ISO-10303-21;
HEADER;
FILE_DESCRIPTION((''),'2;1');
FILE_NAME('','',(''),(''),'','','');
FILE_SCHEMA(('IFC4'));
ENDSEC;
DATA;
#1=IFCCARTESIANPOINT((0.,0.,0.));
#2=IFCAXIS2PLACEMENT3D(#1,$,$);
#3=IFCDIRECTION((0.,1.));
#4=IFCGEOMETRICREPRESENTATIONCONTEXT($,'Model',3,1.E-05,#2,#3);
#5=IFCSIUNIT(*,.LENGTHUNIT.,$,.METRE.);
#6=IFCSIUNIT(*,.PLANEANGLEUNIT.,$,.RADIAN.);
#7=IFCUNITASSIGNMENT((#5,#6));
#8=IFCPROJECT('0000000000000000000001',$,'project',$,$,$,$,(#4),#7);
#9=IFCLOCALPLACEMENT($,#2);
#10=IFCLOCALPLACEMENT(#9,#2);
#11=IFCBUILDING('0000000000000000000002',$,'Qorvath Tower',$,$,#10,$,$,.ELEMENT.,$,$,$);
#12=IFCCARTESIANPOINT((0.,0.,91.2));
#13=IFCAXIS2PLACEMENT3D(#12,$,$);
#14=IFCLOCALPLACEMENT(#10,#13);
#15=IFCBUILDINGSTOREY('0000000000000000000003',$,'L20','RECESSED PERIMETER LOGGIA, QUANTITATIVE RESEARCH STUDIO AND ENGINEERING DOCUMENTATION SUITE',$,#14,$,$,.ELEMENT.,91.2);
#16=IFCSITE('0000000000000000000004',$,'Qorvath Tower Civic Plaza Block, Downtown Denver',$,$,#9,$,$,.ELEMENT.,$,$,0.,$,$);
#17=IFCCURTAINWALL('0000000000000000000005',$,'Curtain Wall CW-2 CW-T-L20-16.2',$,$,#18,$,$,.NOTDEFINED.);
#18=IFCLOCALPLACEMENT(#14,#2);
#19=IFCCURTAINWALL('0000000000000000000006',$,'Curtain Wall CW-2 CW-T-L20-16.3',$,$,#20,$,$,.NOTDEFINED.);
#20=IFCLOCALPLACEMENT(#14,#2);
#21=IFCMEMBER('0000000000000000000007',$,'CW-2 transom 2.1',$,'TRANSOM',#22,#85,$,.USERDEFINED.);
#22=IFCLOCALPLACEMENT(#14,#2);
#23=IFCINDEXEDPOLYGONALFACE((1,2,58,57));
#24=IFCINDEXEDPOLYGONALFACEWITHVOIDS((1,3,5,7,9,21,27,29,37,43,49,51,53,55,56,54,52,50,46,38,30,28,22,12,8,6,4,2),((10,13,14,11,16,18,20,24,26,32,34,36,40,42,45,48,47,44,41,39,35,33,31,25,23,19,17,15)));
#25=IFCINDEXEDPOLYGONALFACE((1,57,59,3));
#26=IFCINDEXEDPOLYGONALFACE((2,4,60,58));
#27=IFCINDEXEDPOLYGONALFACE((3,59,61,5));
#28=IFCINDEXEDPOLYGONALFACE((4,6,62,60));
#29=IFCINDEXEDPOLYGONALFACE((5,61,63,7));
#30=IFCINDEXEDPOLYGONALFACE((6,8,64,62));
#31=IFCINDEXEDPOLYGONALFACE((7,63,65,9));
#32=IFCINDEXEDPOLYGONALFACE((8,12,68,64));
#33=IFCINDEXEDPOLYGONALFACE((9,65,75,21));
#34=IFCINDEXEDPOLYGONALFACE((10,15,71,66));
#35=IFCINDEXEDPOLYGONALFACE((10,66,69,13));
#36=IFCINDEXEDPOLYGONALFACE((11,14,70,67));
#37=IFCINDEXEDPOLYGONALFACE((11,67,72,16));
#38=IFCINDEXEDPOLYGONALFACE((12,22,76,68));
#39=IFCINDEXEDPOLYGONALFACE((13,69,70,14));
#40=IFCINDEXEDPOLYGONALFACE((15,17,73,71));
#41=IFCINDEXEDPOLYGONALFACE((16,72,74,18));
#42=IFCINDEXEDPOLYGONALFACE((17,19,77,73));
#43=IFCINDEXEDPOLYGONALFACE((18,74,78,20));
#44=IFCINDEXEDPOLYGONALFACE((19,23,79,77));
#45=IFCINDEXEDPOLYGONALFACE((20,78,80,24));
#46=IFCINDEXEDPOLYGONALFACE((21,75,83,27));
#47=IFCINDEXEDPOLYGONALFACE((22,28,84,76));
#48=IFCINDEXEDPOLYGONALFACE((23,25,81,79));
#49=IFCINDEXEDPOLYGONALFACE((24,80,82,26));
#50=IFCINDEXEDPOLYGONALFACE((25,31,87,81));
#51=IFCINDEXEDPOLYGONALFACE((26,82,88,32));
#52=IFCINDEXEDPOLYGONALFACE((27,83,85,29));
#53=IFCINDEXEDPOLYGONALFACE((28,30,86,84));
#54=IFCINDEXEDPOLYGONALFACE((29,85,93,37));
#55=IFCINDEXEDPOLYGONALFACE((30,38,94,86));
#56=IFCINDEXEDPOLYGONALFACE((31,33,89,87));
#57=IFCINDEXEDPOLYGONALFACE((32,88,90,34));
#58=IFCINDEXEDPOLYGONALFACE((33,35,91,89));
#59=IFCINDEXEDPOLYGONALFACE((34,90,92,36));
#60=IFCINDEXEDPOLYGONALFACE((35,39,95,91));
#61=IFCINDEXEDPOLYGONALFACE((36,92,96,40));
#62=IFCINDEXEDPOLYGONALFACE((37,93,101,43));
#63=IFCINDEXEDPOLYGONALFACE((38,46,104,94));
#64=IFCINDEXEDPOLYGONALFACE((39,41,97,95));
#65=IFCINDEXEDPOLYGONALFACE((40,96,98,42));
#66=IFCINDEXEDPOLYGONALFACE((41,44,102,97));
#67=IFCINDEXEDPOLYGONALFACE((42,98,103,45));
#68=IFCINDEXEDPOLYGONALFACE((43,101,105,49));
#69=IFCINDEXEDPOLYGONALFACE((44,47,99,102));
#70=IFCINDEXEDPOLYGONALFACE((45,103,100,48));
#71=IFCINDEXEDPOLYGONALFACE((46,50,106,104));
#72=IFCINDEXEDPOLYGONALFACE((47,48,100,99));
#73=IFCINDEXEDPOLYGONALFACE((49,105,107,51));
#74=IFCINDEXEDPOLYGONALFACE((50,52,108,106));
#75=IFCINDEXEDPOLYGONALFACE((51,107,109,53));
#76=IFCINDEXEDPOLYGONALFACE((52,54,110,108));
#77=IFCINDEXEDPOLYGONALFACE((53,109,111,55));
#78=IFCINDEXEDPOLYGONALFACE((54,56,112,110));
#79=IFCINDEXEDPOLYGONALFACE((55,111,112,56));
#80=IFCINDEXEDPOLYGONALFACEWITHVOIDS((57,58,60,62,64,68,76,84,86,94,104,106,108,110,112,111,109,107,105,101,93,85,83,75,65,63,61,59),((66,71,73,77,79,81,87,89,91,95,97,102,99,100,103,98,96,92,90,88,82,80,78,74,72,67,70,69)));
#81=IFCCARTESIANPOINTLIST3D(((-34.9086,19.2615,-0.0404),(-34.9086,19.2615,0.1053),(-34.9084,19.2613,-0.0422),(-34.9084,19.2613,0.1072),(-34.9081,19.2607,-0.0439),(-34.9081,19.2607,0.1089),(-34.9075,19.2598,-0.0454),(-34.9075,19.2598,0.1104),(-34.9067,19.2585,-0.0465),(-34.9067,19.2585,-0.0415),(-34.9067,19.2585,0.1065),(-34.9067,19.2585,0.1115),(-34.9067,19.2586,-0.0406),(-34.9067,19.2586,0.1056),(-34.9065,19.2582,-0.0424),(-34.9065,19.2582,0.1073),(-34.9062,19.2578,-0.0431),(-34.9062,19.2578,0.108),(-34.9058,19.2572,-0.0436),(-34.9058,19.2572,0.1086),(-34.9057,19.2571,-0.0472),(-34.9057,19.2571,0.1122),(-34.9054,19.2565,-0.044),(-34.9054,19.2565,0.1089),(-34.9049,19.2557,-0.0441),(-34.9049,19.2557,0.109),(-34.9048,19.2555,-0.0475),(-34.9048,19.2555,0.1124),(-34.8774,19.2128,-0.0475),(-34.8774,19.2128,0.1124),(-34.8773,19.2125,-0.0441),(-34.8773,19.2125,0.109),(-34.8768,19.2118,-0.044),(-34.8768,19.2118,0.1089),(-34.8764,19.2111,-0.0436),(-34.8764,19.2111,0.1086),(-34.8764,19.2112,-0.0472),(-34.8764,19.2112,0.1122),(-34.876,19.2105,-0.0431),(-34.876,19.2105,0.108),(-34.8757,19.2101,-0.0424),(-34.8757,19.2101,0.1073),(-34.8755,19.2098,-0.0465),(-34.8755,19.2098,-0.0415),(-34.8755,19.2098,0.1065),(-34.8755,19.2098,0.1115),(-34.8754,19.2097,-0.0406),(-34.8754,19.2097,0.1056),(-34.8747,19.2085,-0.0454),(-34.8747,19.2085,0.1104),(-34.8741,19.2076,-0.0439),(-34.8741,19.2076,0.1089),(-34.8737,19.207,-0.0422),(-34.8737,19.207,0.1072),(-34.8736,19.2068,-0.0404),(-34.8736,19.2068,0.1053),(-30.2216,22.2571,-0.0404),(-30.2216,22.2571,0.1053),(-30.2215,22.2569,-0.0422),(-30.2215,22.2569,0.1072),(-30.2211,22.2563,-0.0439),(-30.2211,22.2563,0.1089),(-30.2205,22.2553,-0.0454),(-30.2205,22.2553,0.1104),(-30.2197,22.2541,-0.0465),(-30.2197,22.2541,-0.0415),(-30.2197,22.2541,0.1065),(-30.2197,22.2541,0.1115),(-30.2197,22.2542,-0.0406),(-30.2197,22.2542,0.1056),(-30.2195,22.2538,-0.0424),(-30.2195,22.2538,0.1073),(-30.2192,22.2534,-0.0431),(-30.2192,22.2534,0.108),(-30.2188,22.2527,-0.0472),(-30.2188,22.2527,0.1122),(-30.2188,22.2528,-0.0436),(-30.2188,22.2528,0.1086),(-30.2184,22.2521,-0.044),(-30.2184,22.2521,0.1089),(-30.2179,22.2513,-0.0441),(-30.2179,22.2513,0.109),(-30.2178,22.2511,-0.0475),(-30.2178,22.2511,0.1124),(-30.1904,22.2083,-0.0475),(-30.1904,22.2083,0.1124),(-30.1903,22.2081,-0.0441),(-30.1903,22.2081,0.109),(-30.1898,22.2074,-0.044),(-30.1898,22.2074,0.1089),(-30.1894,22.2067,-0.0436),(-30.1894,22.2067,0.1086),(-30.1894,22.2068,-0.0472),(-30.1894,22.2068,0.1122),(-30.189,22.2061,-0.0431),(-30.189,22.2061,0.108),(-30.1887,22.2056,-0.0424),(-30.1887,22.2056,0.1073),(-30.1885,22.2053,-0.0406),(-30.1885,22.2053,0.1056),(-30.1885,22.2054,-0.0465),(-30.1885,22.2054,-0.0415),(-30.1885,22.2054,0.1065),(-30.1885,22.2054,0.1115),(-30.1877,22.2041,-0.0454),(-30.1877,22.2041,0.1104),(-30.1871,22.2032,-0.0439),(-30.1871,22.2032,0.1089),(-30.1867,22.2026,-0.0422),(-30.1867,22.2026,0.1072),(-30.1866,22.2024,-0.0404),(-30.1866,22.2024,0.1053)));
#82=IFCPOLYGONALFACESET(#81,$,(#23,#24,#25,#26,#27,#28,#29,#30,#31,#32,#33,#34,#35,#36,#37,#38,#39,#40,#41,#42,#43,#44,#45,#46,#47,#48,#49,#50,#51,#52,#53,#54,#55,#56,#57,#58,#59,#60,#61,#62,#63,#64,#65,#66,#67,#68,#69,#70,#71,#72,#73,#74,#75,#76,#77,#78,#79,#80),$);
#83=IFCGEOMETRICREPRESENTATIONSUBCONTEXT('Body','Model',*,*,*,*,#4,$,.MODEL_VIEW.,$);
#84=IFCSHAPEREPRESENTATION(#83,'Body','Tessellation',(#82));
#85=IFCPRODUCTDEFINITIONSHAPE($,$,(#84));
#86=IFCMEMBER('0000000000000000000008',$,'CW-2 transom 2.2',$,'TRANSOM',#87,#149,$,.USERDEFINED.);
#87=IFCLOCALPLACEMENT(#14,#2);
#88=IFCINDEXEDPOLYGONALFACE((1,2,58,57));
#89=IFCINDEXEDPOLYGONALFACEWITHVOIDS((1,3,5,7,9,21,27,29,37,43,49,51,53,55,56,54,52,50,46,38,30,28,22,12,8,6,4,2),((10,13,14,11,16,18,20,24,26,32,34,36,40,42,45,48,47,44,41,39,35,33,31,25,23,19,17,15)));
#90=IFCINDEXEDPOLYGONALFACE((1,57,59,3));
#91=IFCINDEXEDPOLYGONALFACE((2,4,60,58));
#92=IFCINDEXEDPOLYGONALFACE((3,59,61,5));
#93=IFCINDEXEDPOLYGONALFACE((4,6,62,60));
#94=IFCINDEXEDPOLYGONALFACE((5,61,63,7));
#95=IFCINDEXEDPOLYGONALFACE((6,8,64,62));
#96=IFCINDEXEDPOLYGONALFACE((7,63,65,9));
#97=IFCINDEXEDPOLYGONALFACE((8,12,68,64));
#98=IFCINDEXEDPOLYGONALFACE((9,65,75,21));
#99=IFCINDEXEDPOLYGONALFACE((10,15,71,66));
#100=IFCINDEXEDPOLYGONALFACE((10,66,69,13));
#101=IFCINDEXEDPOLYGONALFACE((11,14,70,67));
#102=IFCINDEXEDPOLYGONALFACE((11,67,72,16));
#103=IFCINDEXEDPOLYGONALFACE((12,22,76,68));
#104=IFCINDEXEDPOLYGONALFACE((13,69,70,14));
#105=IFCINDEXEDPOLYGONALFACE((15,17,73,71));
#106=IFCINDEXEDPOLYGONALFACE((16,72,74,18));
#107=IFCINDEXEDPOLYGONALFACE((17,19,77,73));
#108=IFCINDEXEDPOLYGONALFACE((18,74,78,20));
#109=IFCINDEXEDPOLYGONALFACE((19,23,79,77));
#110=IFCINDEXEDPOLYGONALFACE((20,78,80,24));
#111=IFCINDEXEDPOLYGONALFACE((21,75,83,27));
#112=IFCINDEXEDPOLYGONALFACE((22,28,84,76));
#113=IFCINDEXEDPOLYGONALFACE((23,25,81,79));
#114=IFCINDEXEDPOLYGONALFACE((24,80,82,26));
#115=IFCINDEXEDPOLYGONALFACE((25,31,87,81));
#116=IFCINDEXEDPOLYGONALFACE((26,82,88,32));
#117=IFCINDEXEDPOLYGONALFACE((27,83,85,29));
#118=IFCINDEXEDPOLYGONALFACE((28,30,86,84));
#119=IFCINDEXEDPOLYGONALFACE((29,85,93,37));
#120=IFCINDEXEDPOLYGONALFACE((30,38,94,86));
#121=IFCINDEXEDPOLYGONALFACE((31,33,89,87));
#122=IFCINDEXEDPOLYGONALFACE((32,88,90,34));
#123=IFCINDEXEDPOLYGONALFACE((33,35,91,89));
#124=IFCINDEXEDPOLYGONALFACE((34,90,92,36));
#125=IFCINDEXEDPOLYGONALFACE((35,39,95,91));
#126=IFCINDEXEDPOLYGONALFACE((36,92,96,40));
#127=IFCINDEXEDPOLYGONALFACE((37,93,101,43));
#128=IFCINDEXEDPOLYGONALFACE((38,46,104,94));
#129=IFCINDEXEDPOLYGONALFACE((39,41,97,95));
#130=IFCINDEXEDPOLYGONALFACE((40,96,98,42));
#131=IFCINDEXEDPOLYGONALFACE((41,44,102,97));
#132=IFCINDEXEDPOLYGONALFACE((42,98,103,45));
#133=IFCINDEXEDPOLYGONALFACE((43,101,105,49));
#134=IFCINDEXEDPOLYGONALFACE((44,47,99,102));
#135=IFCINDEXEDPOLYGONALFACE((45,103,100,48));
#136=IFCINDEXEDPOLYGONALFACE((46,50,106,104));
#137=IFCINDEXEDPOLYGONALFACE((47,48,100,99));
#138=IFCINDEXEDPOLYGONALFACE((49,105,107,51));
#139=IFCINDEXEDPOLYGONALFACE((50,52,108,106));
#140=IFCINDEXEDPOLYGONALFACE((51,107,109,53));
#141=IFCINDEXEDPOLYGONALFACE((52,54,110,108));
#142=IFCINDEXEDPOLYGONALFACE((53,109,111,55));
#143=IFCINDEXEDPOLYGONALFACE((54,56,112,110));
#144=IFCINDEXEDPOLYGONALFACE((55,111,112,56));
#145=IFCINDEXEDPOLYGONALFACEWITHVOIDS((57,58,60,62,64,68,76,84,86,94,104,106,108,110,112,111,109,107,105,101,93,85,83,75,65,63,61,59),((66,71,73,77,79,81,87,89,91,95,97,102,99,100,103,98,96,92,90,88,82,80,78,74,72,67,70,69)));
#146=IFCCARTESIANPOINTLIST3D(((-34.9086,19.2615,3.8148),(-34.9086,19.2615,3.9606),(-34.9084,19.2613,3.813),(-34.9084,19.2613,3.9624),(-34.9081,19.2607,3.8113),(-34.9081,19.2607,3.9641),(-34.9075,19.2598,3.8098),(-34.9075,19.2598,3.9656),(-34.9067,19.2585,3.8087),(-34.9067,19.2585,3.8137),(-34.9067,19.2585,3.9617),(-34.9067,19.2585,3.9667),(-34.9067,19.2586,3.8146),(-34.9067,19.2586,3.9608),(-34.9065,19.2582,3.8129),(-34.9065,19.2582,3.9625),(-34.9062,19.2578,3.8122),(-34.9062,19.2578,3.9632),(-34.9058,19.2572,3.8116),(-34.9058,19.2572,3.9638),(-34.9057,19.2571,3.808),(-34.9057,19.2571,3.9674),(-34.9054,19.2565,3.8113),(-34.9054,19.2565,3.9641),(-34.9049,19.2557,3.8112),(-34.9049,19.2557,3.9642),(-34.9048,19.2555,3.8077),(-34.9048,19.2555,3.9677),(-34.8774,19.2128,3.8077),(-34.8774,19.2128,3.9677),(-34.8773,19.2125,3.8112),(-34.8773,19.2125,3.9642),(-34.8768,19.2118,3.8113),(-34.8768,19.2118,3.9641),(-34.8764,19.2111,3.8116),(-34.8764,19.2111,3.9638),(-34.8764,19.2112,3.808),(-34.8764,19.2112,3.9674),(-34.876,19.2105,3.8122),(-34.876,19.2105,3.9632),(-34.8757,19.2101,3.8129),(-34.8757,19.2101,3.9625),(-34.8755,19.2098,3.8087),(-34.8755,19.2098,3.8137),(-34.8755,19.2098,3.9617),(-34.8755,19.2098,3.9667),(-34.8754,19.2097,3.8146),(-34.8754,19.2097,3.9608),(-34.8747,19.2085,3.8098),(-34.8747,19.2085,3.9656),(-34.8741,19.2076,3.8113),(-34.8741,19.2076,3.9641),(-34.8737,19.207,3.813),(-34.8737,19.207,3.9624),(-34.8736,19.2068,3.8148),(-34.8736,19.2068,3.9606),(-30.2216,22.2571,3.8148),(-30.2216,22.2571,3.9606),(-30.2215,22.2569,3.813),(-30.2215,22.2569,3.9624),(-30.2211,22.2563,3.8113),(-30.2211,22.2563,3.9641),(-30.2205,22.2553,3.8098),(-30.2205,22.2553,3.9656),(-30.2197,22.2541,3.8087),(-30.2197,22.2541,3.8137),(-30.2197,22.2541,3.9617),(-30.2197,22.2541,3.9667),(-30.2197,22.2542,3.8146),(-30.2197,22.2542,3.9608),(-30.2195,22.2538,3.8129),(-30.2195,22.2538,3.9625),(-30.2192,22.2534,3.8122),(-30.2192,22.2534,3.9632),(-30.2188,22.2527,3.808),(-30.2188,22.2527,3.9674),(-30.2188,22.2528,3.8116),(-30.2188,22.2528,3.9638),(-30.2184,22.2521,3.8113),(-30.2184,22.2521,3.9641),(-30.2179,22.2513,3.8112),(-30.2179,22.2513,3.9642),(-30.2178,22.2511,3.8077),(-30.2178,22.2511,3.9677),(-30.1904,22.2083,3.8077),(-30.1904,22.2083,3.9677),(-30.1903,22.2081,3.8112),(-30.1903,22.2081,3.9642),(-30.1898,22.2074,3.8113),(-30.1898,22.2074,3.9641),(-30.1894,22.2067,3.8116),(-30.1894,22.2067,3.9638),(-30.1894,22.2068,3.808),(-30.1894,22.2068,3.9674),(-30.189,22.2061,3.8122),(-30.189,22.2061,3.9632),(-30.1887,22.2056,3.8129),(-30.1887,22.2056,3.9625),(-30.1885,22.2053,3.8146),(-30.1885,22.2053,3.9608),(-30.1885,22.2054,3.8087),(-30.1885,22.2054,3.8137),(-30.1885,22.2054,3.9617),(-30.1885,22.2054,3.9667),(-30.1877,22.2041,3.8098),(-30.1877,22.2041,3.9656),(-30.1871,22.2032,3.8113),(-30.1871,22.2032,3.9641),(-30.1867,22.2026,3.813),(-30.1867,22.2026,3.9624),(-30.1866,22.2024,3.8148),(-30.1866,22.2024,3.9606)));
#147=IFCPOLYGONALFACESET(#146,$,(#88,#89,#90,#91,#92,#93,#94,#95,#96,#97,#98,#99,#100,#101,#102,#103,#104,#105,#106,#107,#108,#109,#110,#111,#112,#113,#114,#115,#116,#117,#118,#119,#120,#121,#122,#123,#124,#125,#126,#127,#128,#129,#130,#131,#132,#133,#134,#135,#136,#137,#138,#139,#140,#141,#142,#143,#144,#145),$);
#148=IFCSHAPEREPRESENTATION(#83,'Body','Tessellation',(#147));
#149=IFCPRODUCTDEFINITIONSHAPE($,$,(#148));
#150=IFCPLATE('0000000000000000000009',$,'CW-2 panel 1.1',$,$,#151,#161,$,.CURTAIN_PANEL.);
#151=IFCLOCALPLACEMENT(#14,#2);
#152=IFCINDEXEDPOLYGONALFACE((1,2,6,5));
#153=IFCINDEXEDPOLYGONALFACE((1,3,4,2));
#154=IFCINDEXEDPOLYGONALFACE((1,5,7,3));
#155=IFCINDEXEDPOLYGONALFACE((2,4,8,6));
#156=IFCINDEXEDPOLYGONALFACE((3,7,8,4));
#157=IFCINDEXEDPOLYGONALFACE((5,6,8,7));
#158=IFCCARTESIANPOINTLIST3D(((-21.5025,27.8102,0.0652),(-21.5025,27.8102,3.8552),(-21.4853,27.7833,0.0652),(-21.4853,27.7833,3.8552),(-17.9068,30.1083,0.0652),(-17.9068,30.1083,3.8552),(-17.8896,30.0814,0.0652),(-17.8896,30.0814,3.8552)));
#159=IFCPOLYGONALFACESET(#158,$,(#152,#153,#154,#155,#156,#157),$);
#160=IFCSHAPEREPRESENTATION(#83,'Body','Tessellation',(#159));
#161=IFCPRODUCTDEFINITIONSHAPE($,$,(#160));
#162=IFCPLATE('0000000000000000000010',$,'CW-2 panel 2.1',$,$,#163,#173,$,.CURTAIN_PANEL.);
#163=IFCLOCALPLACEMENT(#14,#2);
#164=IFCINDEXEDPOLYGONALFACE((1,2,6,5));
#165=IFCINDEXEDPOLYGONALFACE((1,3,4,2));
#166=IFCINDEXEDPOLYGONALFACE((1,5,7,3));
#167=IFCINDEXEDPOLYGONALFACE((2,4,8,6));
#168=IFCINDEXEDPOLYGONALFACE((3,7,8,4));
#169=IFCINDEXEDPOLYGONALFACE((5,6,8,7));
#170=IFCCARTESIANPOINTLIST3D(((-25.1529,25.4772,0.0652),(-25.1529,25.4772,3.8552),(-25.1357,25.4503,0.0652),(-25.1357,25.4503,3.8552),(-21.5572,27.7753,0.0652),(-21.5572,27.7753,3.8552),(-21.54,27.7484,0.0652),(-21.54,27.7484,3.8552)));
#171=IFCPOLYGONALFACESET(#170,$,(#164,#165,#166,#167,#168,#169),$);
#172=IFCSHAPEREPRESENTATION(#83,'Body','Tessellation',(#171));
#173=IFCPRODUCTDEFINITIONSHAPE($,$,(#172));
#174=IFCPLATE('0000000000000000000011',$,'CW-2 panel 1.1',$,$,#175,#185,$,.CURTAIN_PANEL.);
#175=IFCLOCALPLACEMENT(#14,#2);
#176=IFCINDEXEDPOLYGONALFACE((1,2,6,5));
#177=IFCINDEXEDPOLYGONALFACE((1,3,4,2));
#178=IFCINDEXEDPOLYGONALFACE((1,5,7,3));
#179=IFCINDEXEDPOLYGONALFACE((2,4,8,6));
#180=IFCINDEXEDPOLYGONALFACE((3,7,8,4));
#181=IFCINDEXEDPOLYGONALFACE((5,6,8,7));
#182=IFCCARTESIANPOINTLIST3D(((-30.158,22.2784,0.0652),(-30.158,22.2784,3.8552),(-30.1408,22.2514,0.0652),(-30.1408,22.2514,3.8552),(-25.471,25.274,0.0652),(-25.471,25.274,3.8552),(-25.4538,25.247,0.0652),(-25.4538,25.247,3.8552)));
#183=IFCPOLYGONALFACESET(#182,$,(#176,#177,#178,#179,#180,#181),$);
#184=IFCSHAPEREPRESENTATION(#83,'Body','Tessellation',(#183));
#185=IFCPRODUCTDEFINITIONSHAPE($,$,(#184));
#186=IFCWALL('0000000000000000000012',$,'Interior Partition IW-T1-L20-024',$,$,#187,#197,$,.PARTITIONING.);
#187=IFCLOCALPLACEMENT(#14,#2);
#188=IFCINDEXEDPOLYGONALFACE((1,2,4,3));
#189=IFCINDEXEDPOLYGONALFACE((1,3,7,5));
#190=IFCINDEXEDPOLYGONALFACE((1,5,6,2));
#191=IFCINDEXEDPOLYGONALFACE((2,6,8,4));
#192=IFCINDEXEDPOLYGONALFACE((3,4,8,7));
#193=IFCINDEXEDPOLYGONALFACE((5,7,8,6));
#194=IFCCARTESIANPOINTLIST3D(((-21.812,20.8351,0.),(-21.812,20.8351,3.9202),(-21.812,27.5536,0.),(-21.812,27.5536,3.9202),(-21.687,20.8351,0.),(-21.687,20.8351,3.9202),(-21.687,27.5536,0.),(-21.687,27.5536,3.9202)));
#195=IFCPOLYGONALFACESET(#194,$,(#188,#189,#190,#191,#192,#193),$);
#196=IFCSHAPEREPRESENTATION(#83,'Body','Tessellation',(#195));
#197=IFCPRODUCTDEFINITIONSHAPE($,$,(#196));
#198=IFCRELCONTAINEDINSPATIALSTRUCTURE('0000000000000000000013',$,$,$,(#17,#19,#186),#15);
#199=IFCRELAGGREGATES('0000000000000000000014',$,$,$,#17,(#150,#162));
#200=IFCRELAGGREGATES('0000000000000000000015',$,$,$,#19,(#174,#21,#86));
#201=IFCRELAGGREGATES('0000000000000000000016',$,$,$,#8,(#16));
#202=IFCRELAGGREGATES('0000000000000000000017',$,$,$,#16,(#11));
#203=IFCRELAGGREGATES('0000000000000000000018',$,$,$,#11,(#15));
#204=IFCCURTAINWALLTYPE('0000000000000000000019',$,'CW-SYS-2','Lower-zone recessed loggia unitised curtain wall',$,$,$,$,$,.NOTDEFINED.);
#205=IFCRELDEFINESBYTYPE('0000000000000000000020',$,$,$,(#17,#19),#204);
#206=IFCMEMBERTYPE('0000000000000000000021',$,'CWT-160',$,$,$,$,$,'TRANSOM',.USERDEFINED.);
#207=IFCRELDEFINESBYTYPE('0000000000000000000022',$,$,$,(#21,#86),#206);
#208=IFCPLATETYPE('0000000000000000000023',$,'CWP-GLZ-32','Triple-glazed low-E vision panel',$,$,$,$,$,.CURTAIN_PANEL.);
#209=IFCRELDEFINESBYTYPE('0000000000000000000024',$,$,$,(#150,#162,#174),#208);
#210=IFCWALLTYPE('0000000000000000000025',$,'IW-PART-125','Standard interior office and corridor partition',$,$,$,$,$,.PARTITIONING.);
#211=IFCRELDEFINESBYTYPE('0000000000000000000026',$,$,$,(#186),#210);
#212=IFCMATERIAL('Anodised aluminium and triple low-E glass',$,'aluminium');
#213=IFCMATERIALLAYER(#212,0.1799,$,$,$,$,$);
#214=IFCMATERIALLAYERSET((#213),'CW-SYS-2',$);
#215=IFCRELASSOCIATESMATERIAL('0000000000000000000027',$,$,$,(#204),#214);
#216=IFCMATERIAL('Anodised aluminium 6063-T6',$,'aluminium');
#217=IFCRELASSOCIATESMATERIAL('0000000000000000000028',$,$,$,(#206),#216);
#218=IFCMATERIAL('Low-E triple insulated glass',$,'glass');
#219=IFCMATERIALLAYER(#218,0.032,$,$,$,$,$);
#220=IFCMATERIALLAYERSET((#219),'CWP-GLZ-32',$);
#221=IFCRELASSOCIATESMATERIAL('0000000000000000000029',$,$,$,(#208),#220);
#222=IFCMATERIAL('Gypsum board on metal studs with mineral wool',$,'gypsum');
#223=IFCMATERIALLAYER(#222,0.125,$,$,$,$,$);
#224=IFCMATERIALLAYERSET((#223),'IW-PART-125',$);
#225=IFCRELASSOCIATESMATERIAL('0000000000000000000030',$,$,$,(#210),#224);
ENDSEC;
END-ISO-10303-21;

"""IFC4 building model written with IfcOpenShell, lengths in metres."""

from ifc_helpers import new_model, si_unit, direction, frame, frame_2d, origin, origin_2d, place, context, subcontext, project, spatial, rectangle, hollow_rectangle, extrude, material, layer, layer_set, material_profile, profile_set, type_object, element, aggregate, save


model = new_model("IFC4")

# Units and contexts
model_context = context("Model", 3, precision=1e-05, world=origin(), true_north=direction((0.0, 1.0)))
body_context = subcontext(model_context, "Body", "Model", "MODEL_VIEW")
ifc_project = project(units=[si_unit("LENGTHUNIT", "METRE"), si_unit("PLANEANGLEUNIT", "RADIAN")], contexts=[model_context])

# Site, building, storey
site_placement = place(None, origin())
site = spatial("IfcSite", under=ifc_project, at=site_placement, Name="Qorvath Tower Civic Plaza Block, Downtown Denver", CompositionType="ELEMENT", RefElevation=0.0)
building_placement = place(site_placement, origin())
building = spatial("IfcBuilding", under=site, at=building_placement, Name="Qorvath Tower", CompositionType="ELEMENT")
storey_placement = place(building_placement, frame((0.0, 0.0, 91.2)))
storey = spatial("IfcBuildingStorey", under=building, at=storey_placement, Name="L20", Description="RECESSED PERIMETER LOGGIA, QUANTITATIVE RESEARCH STUDIO AND ENGINEERING DOCUMENTATION SUITE", CompositionType="ELEMENT", Elevation=91.2)

# Curtain walls
ifc_material_1 = material(Name="Anodised aluminium and triple low-E glass", Category="aluminium")
ifc_layer_1 = layer(ifc_material_1, 0.1799)
ifc_layer_set_1 = layer_set([ifc_layer_1], Name="CW-SYS-2")
curtain_wall_type = type_object("IfcCurtainWallType", Name="CW-SYS-2", Description="Lower-zone recessed loggia unitised curtain wall", PredefinedType="NOTDEFINED", material=ifc_layer_set_1)
curtain_wall_1_placement = place(storey_placement, origin())
curtain_wall_1 = element("IfcCurtainWall", 1, at=curtain_wall_1_placement, inside=storey, type_object=curtain_wall_type, Name="Curtain Wall CW-2 CW-T-L20-16.2", PredefinedType="NOTDEFINED")
curtain_wall_2_placement = place(storey_placement, origin())
curtain_wall_2 = element("IfcCurtainWall", 2, at=curtain_wall_2_placement, inside=storey, type_object=curtain_wall_type, Name="Curtain Wall CW-2 CW-T-L20-16.3", PredefinedType="NOTDEFINED")

# Members
ifc_material_2 = material(Name="Anodised aluminium 6063-T6", Category="aluminium")
ifc_material_profile_1 = material_profile(ifc_material_2, hollow_rectangle(XDim=0.0649, YDim=0.1599, WallThickness=0.0034, InnerFilletRadius=0.0034, OuterFilletRadius=0.0071, at=origin_2d()), Name="CWT 160x65")
ifc_profile_set_1 = profile_set([ifc_material_profile_1], Name="Anodised aluminium 6063-T6")
member_type_1 = type_object("IfcMemberType", Name="CWT-160", ElementType="TRANSOM", PredefinedType="USERDEFINED", material=ifc_profile_set_1)
member_1_placement = place(storey_placement, frame((-30.2041, 22.2297, 0.0325), z_axis=(-0.842604, -0.538533, 0.0), x_axis=(0.538533, -0.842604, 0.0)))
member_1 = element("IfcMember", 3, at=member_1_placement, type_object=member_type_1, Name="CW-2 transom 2.1", ObjectType="TRANSOM", PredefinedType="USERDEFINED", context=body_context, shape_type="SweptSolid", body=[
    extrude(hollow_rectangle(XDim=0.0649, YDim=0.1599, WallThickness=0.0034, InnerFilletRadius=0.0034, OuterFilletRadius=0.0071, at=origin_2d()), origin(), (0.0, 0.0, 1.0), 5.5625),
])
member_2_placement = place(storey_placement, frame((-30.2041, 22.2297, 3.8877), z_axis=(-0.842604, -0.538533, 0.0), x_axis=(0.538533, -0.842604, 0.0)))
member_2 = element("IfcMember", 4, at=member_2_placement, type_object=member_type_1, Name="CW-2 transom 2.2", ObjectType="TRANSOM", PredefinedType="USERDEFINED", context=body_context, shape_type="SweptSolid", body=[
    extrude(hollow_rectangle(XDim=0.0649, YDim=0.1599, WallThickness=0.0034, InnerFilletRadius=0.0034, OuterFilletRadius=0.0071, at=origin_2d()), origin(), (0.0, 0.0, 1.0), 5.5625),
])

# Plates
ifc_material_3 = material(Name="Low-E triple insulated glass", Category="glass")
ifc_layer_2 = layer(ifc_material_3, 0.032)
ifc_layer_set_2 = layer_set([ifc_layer_2], Name="CWP-GLZ-32")
plate_type = type_object("IfcPlateType", Name="CWP-GLZ-32", Description="Triple-glazed low-E vision panel", PredefinedType="CURTAIN_PANEL", material=ifc_layer_set_2)
plate_1_placement = place(storey_placement, frame((-19.696, 28.9458, 0.0652), z_axis=(0.0, 0.0, 1.0), x_axis=(-0.8426, -0.53854, 0.0)))
plate_1 = element("IfcPlate", 5, at=plate_1_placement, type_object=plate_type, Name="CW-2 panel 1.1", PredefinedType="CURTAIN_PANEL", context=body_context, shape_type="SweptSolid", body=[
    extrude(rectangle(XDim=4.2673, YDim=0.032, at=origin_2d()), origin(), (0.0, 0.0, 1.0), 3.79),
])
plate_2_placement = place(storey_placement, frame((-23.3464, 26.6128, 0.0652), z_axis=(0.0, 0.0, 1.0), x_axis=(-0.8426, -0.53854, 0.0)))
plate_2 = element("IfcPlate", 6, at=plate_2_placement, type_object=plate_type, Name="CW-2 panel 2.1", PredefinedType="CURTAIN_PANEL", context=body_context, shape_type="SweptSolid", body=[
    extrude(rectangle(XDim=4.2673, YDim=0.032, at=origin_2d()), origin(), (0.0, 0.0, 1.0), 3.79),
])
aggregate(curtain_wall_1, [plate_1, plate_2])
plate_3_placement = place(storey_placement, frame((-27.8059, 23.7627, 0.0652), z_axis=(0.0, 0.0, 1.0), x_axis=(-0.842599, -0.538541, 0.0)))
plate_3 = element("IfcPlate", 7, at=plate_3_placement, type_object=plate_type, Name="CW-2 panel 1.1", PredefinedType="CURTAIN_PANEL", context=body_context, shape_type="SweptSolid", body=[
    extrude(rectangle(XDim=5.5625, YDim=0.032, at=origin_2d()), origin(), (0.0, 0.0, 1.0), 3.79),
])
aggregate(curtain_wall_2, [plate_3, member_1, member_2])

# Wall
ifc_material_4 = material(Name="Gypsum board on metal studs with mineral wool", Category="gypsum")
ifc_layer_3 = layer(ifc_material_4, 0.125)
ifc_layer_set_3 = layer_set([ifc_layer_3], Name="IW-PART-125")
wall_type = type_object("IfcWallType", Name="IW-PART-125", Description="Standard interior office and corridor partition", PredefinedType="PARTITIONING", material=ifc_layer_set_3)
wall_placement = place(storey_placement, frame((-21.7495, 20.835, 0.0), z_axis=(0.0, 0.0, 1.0), x_axis=(0.0, 1.0, 0.0)))
element("IfcWall", 8, at=wall_placement, inside=storey, type_object=wall_type, Name="Interior Partition IW-T1-L20-024", PredefinedType="PARTITIONING", context=body_context, shape_type="SweptSolid", body=[
    extrude(rectangle(XDim=6.7185, YDim=0.125, at=frame_2d((3.3594, 0.0))), origin(), (0.0, 0.0, 1.0), 3.9202),
])

save(model, "model.ifc")
